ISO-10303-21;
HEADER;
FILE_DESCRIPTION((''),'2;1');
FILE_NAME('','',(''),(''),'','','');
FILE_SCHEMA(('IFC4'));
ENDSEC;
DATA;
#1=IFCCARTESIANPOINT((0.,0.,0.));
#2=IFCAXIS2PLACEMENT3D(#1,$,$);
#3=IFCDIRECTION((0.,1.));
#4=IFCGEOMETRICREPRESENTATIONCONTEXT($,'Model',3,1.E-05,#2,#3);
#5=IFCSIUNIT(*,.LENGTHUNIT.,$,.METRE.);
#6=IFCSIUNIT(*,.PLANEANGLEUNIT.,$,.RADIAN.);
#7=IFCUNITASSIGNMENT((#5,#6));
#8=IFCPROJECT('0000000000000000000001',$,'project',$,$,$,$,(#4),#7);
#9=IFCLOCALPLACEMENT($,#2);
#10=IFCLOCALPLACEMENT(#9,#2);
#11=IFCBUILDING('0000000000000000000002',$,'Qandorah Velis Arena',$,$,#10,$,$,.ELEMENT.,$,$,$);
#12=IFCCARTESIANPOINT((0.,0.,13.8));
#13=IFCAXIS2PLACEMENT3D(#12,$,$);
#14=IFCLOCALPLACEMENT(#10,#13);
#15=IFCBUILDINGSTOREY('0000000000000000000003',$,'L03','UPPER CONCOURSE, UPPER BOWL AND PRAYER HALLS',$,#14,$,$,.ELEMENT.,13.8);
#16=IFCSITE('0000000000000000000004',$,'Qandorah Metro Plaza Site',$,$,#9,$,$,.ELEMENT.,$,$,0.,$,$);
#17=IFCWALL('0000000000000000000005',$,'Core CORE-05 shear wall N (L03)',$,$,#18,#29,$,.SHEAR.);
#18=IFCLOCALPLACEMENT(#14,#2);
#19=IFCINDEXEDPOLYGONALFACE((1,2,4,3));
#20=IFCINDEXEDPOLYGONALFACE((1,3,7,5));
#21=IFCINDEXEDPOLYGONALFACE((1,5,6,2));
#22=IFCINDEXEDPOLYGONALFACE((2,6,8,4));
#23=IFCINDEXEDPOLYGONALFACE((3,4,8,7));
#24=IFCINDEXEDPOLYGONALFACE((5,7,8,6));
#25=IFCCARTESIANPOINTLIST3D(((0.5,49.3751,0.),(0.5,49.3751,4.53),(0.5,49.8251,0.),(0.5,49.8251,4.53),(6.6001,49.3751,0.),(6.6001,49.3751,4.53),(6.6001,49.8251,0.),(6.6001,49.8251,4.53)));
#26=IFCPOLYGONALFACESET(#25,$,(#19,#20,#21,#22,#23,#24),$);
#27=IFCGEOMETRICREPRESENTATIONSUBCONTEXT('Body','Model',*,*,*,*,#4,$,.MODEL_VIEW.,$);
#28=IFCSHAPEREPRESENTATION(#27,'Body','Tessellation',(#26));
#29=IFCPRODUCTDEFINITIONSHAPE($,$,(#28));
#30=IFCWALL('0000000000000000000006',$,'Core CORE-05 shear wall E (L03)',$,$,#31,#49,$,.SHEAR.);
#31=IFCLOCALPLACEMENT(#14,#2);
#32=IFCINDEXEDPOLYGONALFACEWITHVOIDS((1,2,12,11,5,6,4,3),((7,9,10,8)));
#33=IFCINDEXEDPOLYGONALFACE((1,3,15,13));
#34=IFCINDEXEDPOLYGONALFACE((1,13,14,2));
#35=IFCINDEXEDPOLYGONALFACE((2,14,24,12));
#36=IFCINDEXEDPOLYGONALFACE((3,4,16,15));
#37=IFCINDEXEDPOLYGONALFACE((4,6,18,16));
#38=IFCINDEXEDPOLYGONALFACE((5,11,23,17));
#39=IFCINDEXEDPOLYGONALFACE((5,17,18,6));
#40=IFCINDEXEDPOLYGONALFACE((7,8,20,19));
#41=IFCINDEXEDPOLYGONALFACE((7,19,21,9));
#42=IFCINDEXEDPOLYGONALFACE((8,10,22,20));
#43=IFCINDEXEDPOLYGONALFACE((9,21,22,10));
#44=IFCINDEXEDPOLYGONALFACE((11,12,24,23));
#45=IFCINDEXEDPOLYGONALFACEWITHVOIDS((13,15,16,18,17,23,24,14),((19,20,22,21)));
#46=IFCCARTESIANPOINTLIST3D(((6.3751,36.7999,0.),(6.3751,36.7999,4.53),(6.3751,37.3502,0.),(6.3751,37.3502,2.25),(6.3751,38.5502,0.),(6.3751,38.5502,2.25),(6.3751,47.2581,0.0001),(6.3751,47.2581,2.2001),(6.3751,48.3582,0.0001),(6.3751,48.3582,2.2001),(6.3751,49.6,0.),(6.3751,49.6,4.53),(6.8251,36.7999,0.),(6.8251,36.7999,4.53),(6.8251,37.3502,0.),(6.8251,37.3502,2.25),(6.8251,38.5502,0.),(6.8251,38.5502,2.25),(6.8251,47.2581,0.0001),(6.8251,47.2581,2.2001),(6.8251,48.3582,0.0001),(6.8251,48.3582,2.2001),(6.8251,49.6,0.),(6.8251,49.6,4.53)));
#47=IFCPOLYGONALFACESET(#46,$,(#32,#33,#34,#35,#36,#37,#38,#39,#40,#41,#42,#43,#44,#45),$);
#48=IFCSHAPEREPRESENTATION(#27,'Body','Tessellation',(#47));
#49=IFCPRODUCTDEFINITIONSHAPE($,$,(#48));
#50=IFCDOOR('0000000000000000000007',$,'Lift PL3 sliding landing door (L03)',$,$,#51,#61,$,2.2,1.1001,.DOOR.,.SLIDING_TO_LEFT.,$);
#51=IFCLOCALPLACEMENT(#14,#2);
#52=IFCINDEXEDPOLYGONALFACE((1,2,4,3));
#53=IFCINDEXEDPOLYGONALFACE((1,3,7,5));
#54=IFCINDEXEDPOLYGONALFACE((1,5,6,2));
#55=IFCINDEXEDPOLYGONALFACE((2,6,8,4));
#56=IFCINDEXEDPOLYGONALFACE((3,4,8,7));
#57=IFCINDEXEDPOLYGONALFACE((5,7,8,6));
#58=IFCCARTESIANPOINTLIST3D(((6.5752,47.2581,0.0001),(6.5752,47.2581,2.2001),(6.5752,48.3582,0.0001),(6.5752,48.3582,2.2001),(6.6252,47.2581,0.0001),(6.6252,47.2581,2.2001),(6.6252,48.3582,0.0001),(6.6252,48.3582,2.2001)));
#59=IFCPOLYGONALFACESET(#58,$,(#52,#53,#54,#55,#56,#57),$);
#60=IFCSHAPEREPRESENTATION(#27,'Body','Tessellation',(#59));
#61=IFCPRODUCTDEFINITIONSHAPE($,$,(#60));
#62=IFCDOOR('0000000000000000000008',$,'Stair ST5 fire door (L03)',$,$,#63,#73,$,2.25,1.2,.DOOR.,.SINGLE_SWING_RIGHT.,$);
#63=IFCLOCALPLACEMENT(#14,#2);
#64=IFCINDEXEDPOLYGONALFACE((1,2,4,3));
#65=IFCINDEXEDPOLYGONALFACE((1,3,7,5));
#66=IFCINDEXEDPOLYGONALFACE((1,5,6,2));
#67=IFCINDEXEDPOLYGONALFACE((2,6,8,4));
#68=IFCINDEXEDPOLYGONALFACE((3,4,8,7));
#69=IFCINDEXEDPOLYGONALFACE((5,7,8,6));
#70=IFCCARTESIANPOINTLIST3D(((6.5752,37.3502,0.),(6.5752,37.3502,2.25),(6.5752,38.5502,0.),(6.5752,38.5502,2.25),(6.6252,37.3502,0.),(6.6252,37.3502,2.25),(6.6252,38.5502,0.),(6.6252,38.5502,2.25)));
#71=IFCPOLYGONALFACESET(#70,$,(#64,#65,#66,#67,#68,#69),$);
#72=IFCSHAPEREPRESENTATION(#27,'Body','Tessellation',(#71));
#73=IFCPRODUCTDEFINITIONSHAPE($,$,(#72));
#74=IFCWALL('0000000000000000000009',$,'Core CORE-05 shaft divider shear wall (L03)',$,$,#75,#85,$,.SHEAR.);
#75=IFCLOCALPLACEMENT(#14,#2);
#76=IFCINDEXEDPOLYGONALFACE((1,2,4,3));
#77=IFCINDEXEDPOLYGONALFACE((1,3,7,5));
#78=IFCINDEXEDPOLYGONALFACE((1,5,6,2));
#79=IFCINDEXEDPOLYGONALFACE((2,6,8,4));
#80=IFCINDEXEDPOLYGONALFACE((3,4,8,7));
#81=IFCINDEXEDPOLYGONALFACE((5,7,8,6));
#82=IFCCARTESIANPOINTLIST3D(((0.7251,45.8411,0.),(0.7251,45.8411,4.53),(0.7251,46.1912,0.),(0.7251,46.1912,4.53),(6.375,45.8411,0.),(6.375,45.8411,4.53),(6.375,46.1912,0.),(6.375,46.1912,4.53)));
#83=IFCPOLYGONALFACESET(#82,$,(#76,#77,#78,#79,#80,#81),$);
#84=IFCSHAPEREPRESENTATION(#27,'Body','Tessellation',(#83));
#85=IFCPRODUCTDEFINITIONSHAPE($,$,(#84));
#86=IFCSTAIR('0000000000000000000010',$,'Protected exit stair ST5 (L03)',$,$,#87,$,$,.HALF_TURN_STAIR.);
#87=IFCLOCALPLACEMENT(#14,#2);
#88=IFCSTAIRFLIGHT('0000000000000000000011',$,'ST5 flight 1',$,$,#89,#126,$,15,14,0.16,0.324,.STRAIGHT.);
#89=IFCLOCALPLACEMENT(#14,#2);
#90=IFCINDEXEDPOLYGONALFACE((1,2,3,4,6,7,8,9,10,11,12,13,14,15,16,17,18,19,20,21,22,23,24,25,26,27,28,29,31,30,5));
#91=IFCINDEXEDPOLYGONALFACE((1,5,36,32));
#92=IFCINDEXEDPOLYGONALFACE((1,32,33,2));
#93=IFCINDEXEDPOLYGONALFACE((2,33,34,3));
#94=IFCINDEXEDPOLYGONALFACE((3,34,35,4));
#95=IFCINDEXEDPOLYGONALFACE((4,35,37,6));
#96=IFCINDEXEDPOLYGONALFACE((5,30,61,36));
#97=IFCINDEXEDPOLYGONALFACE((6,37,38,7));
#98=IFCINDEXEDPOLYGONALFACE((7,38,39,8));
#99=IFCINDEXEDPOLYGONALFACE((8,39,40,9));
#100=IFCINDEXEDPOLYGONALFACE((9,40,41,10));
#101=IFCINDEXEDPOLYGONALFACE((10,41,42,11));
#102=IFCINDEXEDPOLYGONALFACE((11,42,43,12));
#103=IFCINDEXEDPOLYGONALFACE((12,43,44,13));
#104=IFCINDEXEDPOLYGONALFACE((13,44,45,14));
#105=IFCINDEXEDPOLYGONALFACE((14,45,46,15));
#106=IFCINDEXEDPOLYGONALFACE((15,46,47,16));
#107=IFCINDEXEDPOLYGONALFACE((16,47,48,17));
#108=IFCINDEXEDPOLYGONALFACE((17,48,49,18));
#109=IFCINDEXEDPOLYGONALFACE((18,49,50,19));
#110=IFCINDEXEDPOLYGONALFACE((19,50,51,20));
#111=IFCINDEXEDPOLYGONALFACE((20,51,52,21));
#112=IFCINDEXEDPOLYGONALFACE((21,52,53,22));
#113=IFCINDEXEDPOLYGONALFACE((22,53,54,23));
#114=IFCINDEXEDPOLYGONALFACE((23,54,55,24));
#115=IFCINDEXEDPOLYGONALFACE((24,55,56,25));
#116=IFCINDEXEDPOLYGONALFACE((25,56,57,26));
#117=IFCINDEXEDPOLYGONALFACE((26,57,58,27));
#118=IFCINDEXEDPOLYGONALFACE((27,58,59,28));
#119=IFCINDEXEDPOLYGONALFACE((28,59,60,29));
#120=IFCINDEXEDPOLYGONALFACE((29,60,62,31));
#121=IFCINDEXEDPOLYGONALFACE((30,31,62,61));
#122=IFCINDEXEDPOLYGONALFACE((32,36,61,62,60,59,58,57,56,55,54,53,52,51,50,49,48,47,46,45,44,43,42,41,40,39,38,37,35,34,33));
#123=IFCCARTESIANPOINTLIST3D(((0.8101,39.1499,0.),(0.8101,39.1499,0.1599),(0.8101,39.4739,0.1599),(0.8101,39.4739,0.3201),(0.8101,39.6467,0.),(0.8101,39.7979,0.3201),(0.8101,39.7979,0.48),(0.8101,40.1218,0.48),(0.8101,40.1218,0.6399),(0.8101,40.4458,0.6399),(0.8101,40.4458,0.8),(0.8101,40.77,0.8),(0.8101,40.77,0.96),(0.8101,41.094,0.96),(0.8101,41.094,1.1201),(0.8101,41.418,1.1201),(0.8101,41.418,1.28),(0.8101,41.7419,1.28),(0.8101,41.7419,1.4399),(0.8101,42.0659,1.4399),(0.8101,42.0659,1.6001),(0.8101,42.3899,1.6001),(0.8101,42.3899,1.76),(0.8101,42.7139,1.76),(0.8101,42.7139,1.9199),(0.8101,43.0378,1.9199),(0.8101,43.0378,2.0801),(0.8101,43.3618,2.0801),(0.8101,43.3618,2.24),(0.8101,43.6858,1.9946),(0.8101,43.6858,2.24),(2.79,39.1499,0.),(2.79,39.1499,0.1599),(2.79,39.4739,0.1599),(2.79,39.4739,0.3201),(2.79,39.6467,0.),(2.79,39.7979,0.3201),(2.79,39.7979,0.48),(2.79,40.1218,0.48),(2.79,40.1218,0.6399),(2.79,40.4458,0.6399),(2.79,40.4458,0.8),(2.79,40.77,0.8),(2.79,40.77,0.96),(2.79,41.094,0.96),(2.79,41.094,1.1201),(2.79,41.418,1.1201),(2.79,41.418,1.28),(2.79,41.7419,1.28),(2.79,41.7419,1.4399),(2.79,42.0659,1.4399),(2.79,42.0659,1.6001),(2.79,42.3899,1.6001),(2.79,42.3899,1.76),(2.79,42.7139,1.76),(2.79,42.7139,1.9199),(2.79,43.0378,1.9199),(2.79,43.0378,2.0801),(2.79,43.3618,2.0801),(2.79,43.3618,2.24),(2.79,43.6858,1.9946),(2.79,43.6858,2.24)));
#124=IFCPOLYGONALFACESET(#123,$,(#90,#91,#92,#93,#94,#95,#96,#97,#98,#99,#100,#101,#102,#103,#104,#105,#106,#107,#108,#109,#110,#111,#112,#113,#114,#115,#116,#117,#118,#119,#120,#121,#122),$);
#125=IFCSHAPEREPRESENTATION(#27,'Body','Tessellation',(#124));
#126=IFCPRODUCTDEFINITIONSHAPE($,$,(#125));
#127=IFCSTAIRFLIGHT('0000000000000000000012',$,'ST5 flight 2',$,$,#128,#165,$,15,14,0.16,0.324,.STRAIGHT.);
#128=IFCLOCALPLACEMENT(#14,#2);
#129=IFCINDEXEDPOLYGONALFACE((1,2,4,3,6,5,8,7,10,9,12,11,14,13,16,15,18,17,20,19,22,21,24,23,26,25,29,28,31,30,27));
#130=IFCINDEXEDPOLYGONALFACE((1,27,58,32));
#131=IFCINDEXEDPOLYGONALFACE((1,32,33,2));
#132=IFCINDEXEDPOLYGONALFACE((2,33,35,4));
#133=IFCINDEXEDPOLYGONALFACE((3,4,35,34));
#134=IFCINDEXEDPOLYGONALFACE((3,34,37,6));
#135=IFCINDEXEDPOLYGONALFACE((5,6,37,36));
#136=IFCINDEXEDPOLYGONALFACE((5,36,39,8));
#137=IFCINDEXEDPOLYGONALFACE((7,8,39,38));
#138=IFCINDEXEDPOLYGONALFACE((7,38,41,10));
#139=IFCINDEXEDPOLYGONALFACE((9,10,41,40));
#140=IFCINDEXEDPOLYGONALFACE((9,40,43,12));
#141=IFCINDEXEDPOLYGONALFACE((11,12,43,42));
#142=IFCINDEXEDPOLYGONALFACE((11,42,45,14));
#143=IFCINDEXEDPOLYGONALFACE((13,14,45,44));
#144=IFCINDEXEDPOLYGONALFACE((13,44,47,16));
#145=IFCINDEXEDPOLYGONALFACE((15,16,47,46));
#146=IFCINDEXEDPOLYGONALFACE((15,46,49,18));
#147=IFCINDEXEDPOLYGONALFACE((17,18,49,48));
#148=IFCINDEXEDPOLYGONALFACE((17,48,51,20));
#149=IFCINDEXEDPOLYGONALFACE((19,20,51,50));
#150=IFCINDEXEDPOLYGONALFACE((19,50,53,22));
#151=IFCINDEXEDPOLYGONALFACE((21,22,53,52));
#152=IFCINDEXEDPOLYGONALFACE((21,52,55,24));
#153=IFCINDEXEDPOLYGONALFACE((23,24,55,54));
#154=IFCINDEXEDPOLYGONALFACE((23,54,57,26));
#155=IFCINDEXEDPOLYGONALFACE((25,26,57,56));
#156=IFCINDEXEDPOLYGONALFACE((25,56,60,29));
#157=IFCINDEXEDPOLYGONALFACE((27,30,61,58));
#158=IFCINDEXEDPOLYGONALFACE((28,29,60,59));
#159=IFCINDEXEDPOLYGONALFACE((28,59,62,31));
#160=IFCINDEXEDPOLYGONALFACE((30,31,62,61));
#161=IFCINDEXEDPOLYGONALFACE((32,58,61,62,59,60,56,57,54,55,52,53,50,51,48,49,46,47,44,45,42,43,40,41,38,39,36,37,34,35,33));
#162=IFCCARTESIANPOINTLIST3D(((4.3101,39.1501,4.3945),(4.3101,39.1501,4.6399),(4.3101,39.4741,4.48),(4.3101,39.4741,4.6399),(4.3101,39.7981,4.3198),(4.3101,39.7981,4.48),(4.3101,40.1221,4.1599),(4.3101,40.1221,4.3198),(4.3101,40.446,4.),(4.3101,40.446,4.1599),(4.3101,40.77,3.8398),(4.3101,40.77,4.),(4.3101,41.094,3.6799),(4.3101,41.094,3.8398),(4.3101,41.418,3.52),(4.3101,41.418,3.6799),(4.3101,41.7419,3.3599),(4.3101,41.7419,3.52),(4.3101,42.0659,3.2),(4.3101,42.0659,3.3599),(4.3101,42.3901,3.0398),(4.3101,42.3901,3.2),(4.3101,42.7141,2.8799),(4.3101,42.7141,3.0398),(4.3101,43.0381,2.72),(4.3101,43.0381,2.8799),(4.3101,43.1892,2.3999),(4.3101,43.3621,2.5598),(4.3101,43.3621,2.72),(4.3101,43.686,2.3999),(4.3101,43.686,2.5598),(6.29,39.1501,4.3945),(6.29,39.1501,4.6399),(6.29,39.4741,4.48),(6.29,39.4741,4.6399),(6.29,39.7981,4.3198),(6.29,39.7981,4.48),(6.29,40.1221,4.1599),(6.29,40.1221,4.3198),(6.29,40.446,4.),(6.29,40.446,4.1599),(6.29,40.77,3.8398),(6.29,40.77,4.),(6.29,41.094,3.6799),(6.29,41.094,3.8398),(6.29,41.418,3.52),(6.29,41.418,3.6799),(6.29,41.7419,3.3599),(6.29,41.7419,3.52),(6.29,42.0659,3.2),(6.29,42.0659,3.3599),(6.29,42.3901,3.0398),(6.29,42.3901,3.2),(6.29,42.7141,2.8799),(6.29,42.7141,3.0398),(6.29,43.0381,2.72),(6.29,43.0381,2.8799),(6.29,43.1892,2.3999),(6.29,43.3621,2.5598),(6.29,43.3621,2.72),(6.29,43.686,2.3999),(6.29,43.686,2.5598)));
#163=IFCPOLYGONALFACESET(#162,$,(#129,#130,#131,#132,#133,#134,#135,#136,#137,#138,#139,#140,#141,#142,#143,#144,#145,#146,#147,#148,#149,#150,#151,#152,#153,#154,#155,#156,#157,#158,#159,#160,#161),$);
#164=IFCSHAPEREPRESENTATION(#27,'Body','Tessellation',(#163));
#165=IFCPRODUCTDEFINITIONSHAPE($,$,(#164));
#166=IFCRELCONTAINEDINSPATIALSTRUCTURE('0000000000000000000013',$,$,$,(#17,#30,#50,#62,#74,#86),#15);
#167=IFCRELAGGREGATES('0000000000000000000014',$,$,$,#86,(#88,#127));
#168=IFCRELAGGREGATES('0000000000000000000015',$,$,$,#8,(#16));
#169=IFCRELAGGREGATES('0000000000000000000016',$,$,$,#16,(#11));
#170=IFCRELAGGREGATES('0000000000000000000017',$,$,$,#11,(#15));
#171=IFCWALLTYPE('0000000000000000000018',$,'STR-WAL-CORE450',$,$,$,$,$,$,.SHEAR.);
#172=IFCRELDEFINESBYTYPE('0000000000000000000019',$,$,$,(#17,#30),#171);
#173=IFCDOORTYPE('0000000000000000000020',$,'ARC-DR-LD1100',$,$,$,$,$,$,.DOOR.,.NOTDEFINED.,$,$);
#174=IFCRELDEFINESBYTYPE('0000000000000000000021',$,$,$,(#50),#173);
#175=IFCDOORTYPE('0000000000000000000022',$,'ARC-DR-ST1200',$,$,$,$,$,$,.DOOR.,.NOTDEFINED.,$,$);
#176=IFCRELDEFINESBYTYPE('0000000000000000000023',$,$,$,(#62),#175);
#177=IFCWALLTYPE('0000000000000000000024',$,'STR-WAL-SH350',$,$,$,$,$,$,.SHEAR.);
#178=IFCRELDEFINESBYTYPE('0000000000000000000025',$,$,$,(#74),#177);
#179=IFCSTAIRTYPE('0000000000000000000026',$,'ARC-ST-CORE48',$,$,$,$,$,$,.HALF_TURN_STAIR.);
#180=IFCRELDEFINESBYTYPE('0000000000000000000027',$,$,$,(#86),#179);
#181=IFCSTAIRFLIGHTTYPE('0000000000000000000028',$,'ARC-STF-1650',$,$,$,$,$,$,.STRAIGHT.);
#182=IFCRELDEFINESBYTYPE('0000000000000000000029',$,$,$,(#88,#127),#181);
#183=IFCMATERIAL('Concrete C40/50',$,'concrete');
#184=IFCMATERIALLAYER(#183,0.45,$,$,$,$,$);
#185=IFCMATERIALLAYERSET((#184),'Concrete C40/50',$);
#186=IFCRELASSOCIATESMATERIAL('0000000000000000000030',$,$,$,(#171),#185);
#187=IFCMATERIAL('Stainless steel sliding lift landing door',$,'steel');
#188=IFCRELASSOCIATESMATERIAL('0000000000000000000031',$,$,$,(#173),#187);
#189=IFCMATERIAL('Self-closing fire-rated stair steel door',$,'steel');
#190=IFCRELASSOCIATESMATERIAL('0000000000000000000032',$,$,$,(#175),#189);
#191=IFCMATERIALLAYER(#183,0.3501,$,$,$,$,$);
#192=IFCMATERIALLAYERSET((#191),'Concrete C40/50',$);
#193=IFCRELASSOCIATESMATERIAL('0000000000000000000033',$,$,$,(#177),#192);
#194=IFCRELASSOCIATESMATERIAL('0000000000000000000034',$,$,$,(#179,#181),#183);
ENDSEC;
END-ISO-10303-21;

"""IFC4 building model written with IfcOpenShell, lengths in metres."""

from ifc_helpers import new_model, si_unit, direction, frame, frame_2d, origin, place, context, subcontext, project, spatial, polyline, rectangle, outline, extrude, material, layer, layer_set, type_object, element, fill, aggregate, save


model = new_model("IFC4")

# Units and contexts
model_context = context("Model", 3, precision=1e-05, world=origin(), true_north=direction((0.0, 1.0)))
body_context = subcontext(model_context, "Body", "Model", "MODEL_VIEW")
ifc_project = project(units=[si_unit("LENGTHUNIT", "METRE"), si_unit("PLANEANGLEUNIT", "RADIAN")], contexts=[model_context])

# Site, building, storey
site_placement = place(None, origin())
site = spatial("IfcSite", under=ifc_project, at=site_placement, Name="Qandorah Metro Plaza Site", CompositionType="ELEMENT", RefElevation=0.0)
building_placement = place(site_placement, origin())
building = spatial("IfcBuilding", under=site, at=building_placement, Name="Qandorah Velis Arena", CompositionType="ELEMENT")
storey_placement = place(building_placement, frame((0.0, 0.0, 13.8)))
storey = spatial("IfcBuildingStorey", under=building, at=storey_placement, Name="L03", Description="UPPER CONCOURSE, UPPER BOWL AND PRAYER HALLS", CompositionType="ELEMENT", Elevation=13.8)

# Shared definitions
ifc_material_1 = material(Name="Concrete C40/50", Category="concrete")

# Wall
ifc_layer_1 = layer(ifc_material_1, 0.45)
ifc_layer_set_1 = layer_set([ifc_layer_1], Name="Concrete C40/50")
wall_type_1 = type_object("IfcWallType", Name="STR-WAL-CORE450", PredefinedType="SHEAR", material=ifc_layer_set_1)
wall_1_placement = place(storey_placement, frame((0.5, 49.6001, 0.0), z_axis=(0.0, 0.0, 1.0), x_axis=(1.0, 0.0, 0.0)))
element("IfcWall", 1, at=wall_1_placement, inside=storey, type_object=wall_type_1, Name="Core CORE-05 shear wall N (L03)", PredefinedType="SHEAR", context=body_context, shape_type="SweptSolid", body=[
    extrude(rectangle(XDim=6.1001, YDim=0.45, at=frame_2d((3.05, 0.0))), origin(), (0.0, 0.0, 1.0), 4.53),
])

# Wall, openings, doors
wall_2_placement = place(storey_placement, frame((6.6001, 36.8, 0.0), z_axis=(0.0, 0.0, 1.0), x_axis=(0.0, 1.0, 0.0)))
wall_2 = element("IfcWall", 2, at=wall_2_placement, inside=storey, type_object=wall_type_1, Name="Core CORE-05 shear wall E (L03)", PredefinedType="SHEAR", context=body_context, shape_type="SweptSolid", body=[
    extrude(rectangle(XDim=12.8, YDim=0.45, at=frame_2d((6.3999, 0.0))), origin(), (0.0, 0.0, 1.0), 4.53),
])
opening_1_placement = place(wall_2_placement, frame((0.55, 0.0, 0.0)))
opening_1 = element("IfcOpeningElement", 3, at=opening_1_placement, cuts=wall_2, PredefinedType="OPENING", context=body_context, shape_type="SweptSolid", body=[
    extrude(rectangle(XDim=1.2, YDim=2.25, at=frame_2d((0.6001, 1.125))), frame((0.0, 0.2349, 0.0), z_axis=(0.0, -1.0, 0.0), x_axis=(1.0, 0.0, 0.0)), (0.0, 0.0, 1.0), 0.47),
])
opening_2_placement = place(wall_2_placement, frame((10.458, 0.0, 0.0)))
opening_2 = element("IfcOpeningElement", 4, at=opening_2_placement, cuts=wall_2, PredefinedType="OPENING", context=body_context, shape_type="SweptSolid", body=[
    extrude(rectangle(XDim=1.1001, YDim=2.2, at=frame_2d((0.55, 1.1001))), frame((0.0, 0.2349, 0.0), z_axis=(0.0, -1.0, 0.0), x_axis=(1.0, 0.0, 0.0)), (0.0, 0.0, 1.0), 0.47),
])
ifc_material_2 = material(Name="Stainless steel sliding lift landing door", Category="steel")
door_type_1 = type_object("IfcDoorType", Name="ARC-DR-LD1100", OperationType="NOTDEFINED", PredefinedType="DOOR", material=ifc_material_2)
door_1_placement = place(opening_2_placement, origin())
door_1 = element("IfcDoor", 5, at=door_1_placement, inside=storey, type_object=door_type_1, Name="Lift PL3 sliding landing door (L03)", OperationType="SLIDING_TO_LEFT", OverallHeight=2.2, OverallWidth=1.1001, PredefinedType="DOOR", context=body_context, shape_type="SweptSolid", body=[
    extrude(rectangle(XDim=1.1001, YDim=2.2, at=frame_2d((0.55, 1.1001))), frame((0.0, 0.0249, 0.0), z_axis=(0.0, -1.0, 0.0), x_axis=(1.0, 0.0, 0.0)), (0.0, 0.0, 1.0), 0.05),
])
fill(opening_2, door_1)
ifc_material_3 = material(Name="Self-closing fire-rated stair steel door", Category="steel")
door_type_2 = type_object("IfcDoorType", Name="ARC-DR-ST1200", OperationType="NOTDEFINED", PredefinedType="DOOR", material=ifc_material_3)
door_2_placement = place(opening_1_placement, origin())
door_2 = element("IfcDoor", 6, at=door_2_placement, inside=storey, type_object=door_type_2, Name="Stair ST5 fire door (L03)", OperationType="SINGLE_SWING_RIGHT", OverallHeight=2.25, OverallWidth=1.2, PredefinedType="DOOR", context=body_context, shape_type="SweptSolid", body=[
    extrude(rectangle(XDim=1.2, YDim=2.25, at=frame_2d((0.6001, 1.125))), frame((0.0, 0.0249, 0.0), z_axis=(0.0, -1.0, 0.0), x_axis=(1.0, 0.0, 0.0)), (0.0, 0.0, 1.0), 0.05),
])
fill(opening_1, door_2)

# Wall
ifc_layer_2 = layer(ifc_material_1, 0.3501)
ifc_layer_set_2 = layer_set([ifc_layer_2], Name="Concrete C40/50")
wall_type_2 = type_object("IfcWallType", Name="STR-WAL-SH350", PredefinedType="SHEAR", material=ifc_layer_set_2)
wall_3_placement = place(storey_placement, frame((0.7251, 46.0161, 0.0), z_axis=(0.0, 0.0, 1.0), x_axis=(1.0, 0.0, 0.0)))
element("IfcWall", 7, at=wall_3_placement, inside=storey, type_object=wall_type_2, Name="Core CORE-05 shaft divider shear wall (L03)", PredefinedType="SHEAR", context=body_context, shape_type="SweptSolid", body=[
    extrude(rectangle(XDim=5.6499, YDim=0.3501, at=frame_2d((2.825, 0.0))), origin(), (0.0, 0.0, 1.0), 4.53),
])

# Stair, stair flights
stair_type = type_object("IfcStairType", Name="ARC-ST-CORE48", PredefinedType="HALF_TURN_STAIR", material=ifc_material_1)
stair_placement = place(storey_placement, origin())
stair = element("IfcStair", 8, at=stair_placement, inside=storey, type_object=stair_type, Name="Protected exit stair ST5 (L03)", PredefinedType="HALF_TURN_STAIR")
stair_flight_type = type_object("IfcStairFlightType", Name="ARC-STF-1650", PredefinedType="STRAIGHT", material=ifc_material_1)
stair_flight_1_placement = place(storey_placement, frame((1.8, 39.1499, 0.0), z_axis=(0.0, 0.0, 1.0), x_axis=(0.0, 1.0, 0.0)))
stair_flight_1 = element("IfcStairFlight", 9, at=stair_flight_1_placement, type_object=stair_flight_type, Name="ST5 flight 1", NumberOfRisers=15, NumberOfTreads=14, PredefinedType="STRAIGHT", RiserHeight=0.16, TreadLength=0.324, context=body_context, shape_type="SweptSolid", body=[
    extrude(outline(polyline([(0.0, 0.0), (0.0, 0.1599), (0.324, 0.1599), (0.324, 0.3201), (0.6479, 0.3201), (0.6479, 0.48), (0.9719, 0.48), (0.9719, 0.6399), (1.2959, 0.6399), (1.2959, 0.8), (1.6201, 0.8), (1.6201, 0.96), (1.9441, 0.96), (1.9441, 1.1201), (2.2681, 1.1201), (2.2681, 1.28), (2.592, 1.28), (2.592, 1.4399), (2.916, 1.4399), (2.916, 1.6001), (3.24, 1.6001), (3.24, 1.76), (3.564, 1.76), (3.564, 1.9199), (3.8879, 1.9199), (3.8879, 2.0801), (4.2119, 2.0801), (4.2119, 2.24), (4.5359, 2.24), (4.5359, 2.3999), (4.5359, 1.9946), (0.4968, 0.0), (0.0, 0.0)])), frame((0.0, 0.99, 0.0), z_axis=(0.0, -1.0, 0.0), x_axis=(1.0, 0.0, 0.0)), (0.0, 0.0, 1.0), 1.98),
])
stair_flight_2_placement = place(storey_placement, frame((5.3, 43.686, 2.3999), z_axis=(0.0, 0.0, 1.0), x_axis=(0.0, -1.0, 0.0)))
stair_flight_2 = element("IfcStairFlight", 10, at=stair_flight_2_placement, type_object=stair_flight_type, Name="ST5 flight 2", NumberOfRisers=15, NumberOfTreads=14, PredefinedType="STRAIGHT", RiserHeight=0.16, TreadLength=0.324, context=body_context, shape_type="SweptSolid", body=[
    extrude(outline(polyline([(0.0, 0.0), (0.0, 0.1599), (0.324, 0.1599), (0.324, 0.3201), (0.6479, 0.3201), (0.6479, 0.48), (0.9719, 0.48), (0.9719, 0.6399), (1.2959, 0.6399), (1.2959, 0.8), (1.6201, 0.8), (1.6201, 0.96), (1.9441, 0.96), (1.9441, 1.1201), (2.2681, 1.1201), (2.2681, 1.28), (2.592, 1.28), (2.592, 1.4399), (2.916, 1.4399), (2.916, 1.6001), (3.24, 1.6001), (3.24, 1.76), (3.564, 1.76), (3.564, 1.9199), (3.8879, 1.9199), (3.8879, 2.0801), (4.2119, 2.0801), (4.2119, 2.24), (4.5359, 2.24), (4.5359, 2.3999), (4.5359, 1.9946), (0.4968, 0.0), (0.0, 0.0)])), frame((0.0, 0.99, 0.0), z_axis=(0.0, -1.0, 0.0), x_axis=(1.0, 0.0, 0.0)), (0.0, 0.0, 1.0), 1.98),
])
aggregate(stair, [stair_flight_1, stair_flight_2])

save(model, "model.ifc")
